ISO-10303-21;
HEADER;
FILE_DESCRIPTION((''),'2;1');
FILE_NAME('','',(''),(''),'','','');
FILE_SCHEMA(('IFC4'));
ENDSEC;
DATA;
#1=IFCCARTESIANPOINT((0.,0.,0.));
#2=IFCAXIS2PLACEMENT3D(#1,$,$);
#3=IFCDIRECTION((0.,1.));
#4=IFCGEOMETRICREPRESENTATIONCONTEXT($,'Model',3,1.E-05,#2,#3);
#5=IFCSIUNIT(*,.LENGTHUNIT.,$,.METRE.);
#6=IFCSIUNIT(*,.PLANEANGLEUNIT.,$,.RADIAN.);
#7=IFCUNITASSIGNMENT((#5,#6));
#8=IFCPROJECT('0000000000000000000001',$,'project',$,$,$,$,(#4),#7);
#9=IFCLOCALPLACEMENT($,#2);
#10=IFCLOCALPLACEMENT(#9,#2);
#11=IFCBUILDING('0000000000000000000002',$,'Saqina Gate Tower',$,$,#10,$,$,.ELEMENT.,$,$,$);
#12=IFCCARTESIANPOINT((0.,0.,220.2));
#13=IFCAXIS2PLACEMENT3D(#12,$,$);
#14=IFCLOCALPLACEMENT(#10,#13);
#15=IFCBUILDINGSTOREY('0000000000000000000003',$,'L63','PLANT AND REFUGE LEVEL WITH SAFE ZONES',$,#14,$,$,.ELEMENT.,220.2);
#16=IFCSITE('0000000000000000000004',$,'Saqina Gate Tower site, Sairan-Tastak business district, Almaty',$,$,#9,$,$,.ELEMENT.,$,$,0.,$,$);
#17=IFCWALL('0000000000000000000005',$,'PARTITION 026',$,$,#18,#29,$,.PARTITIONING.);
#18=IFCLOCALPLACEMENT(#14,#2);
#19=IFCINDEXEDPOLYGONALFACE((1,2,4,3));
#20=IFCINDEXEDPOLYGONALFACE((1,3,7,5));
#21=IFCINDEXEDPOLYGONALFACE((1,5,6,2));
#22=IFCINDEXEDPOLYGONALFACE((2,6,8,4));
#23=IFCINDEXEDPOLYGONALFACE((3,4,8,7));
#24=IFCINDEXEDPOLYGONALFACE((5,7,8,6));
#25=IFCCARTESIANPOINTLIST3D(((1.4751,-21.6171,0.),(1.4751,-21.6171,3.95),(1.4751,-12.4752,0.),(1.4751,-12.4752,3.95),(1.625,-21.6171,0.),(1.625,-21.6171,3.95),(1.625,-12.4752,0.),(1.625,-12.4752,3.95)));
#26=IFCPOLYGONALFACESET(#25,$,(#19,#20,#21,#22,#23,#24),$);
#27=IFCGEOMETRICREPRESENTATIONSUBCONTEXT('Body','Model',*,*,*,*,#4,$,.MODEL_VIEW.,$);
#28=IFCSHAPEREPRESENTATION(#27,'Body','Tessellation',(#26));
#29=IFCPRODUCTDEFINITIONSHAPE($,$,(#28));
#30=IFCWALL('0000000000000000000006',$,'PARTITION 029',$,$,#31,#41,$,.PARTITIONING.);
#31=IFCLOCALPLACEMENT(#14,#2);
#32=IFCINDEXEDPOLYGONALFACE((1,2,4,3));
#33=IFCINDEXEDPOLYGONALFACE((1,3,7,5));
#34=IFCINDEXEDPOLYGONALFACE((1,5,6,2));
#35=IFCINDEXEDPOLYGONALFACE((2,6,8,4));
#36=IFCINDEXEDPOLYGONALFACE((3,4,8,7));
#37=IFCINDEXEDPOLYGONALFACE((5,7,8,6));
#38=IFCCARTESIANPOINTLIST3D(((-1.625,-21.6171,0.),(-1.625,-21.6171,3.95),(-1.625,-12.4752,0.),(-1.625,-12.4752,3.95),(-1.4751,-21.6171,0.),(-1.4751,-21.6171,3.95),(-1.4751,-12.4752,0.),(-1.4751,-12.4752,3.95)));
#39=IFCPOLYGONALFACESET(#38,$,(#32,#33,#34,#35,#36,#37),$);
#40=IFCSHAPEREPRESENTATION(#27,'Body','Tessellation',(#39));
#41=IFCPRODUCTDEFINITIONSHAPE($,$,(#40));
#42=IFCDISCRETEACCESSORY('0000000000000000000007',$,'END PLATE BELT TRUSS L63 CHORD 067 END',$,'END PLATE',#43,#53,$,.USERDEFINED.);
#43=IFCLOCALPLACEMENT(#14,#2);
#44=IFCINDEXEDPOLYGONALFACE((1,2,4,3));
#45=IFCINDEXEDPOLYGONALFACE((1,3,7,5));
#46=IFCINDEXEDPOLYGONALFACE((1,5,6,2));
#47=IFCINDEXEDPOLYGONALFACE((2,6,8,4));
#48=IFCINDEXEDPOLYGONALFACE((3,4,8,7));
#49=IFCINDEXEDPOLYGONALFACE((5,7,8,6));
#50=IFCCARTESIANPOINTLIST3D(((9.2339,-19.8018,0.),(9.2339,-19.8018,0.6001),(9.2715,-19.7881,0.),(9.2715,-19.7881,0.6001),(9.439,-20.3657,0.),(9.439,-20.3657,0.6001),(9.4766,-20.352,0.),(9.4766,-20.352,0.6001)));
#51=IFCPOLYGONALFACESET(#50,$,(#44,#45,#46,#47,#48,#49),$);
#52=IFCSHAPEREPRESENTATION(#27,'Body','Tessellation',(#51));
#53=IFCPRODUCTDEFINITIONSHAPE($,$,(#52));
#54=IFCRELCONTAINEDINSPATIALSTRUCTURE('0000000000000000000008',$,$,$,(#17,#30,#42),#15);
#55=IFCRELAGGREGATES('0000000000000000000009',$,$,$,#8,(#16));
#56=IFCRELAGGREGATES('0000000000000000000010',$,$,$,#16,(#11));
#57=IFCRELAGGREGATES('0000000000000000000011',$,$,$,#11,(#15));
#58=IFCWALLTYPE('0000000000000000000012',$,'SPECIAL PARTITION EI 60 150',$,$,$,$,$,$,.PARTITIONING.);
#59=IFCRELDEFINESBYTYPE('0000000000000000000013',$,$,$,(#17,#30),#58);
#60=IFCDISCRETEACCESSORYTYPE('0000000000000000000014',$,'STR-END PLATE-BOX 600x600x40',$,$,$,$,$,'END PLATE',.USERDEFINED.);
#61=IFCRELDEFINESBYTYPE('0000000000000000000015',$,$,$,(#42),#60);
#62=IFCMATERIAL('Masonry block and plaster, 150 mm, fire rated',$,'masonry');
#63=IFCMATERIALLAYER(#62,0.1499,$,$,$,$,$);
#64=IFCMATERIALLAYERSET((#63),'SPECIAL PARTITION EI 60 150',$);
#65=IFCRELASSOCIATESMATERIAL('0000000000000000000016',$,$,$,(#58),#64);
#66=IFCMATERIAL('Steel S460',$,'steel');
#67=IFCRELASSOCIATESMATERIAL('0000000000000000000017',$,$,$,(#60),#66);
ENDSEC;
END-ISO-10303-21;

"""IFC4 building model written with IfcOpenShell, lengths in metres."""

from ifc_helpers import new_model, si_unit, direction, frame, frame_2d, origin, origin_2d, place, context, subcontext, project, spatial, rectangle, extrude, material, layer, layer_set, material_profile, profile_set, type_object, element, save


model = new_model("IFC4")

# Units and contexts
model_context = context("Model", 3, precision=1e-05, world=origin(), true_north=direction((0.0, 1.0)))
body_context = subcontext(model_context, "Body", "Model", "MODEL_VIEW")
ifc_project = project(units=[si_unit("LENGTHUNIT", "METRE"), si_unit("PLANEANGLEUNIT", "RADIAN")], contexts=[model_context])

# Site, building, storey
site_placement = place(None, origin())
site = spatial("IfcSite", under=ifc_project, at=site_placement, Name="Saqina Gate Tower site, Sairan-Tastak business district, Almaty", CompositionType="ELEMENT", RefElevation=0.0)
building_placement = place(site_placement, origin())
building = spatial("IfcBuilding", under=site, at=building_placement, Name="Saqina Gate Tower", CompositionType="ELEMENT")
storey_placement = place(building_placement, frame((0.0, 0.0, 220.2)))
storey = spatial("IfcBuildingStorey", under=building, at=storey_placement, Name="L63", Description="PLANT AND REFUGE LEVEL WITH SAFE ZONES", CompositionType="ELEMENT", Elevation=220.2)

# Walls
ifc_material_1 = material(Name="Masonry block and plaster, 150 mm, fire rated", Category="masonry")
ifc_layer_1 = layer(ifc_material_1, 0.1499)
ifc_layer_set_1 = layer_set([ifc_layer_1], Name="SPECIAL PARTITION EI 60 150")
wall_type_1 = type_object("IfcWallType", Name="SPECIAL PARTITION EI 60 150", PredefinedType="PARTITIONING", material=ifc_layer_set_1)
for number, where, z_axis, x_axis, name in (
    (1, (1.55, -21.6169, 0.0), (0.0, 0.0, 1.0), (0.0, 1.0, 0.0), "PARTITION 026"),
    (2, (-1.55, -21.6169, 0.0), (0.0, 0.0, 1.0), (0.0, 1.0, 0.0), "PARTITION 029"),
):
    element("IfcWall", number, at=place(storey_placement, frame(where, z_axis=z_axis, x_axis=x_axis)), inside=storey, type_object=wall_type_1, Name=name, PredefinedType="PARTITIONING", context=body_context, shape_type="SweptSolid", body=[
        extrude(rectangle(XDim=9.1418, YDim=0.1499, at=frame_2d((4.5708, 0.0))), origin(), (0.0, 0.0, 1.0), 3.95),
    ])

# Discrete accessory
ifc_material_2 = material(Name="Steel S460", Category="steel")
ifc_material_profile_1 = material_profile(ifc_material_2, rectangle(XDim=0.6001, YDim=0.6001, at=origin_2d()), Name="STR-END PLATE-BOX 600x600x40")
ifc_profile_set_1 = profile_set([ifc_material_profile_1], Name="Steel S460")
discrete_accessory_type = type_object("IfcDiscreteAccessoryType", Name="STR-END PLATE-BOX 600x600x40", ElementType="END PLATE", PredefinedType="USERDEFINED", material=ifc_profile_set_1)
discrete_accessory_placement = place(storey_placement, frame((9.3364, -20.0837, 0.3), z_axis=(0.939793, 0.341743, 0.0), x_axis=(-0.341743, 0.939793, 0.0)))
element("IfcDiscreteAccessory", 3, at=discrete_accessory_placement, inside=storey, type_object=discrete_accessory_type, Name="END PLATE BELT TRUSS L63 CHORD 067 END", ObjectType="END PLATE", PredefinedType="USERDEFINED", context=body_context, shape_type="SweptSolid", body=[
    extrude(rectangle(XDim=0.6001, YDim=0.6001, at=origin_2d()), origin(), (0.0, 0.0, 1.0), 0.04),
])

save(model, "model.ifc")
